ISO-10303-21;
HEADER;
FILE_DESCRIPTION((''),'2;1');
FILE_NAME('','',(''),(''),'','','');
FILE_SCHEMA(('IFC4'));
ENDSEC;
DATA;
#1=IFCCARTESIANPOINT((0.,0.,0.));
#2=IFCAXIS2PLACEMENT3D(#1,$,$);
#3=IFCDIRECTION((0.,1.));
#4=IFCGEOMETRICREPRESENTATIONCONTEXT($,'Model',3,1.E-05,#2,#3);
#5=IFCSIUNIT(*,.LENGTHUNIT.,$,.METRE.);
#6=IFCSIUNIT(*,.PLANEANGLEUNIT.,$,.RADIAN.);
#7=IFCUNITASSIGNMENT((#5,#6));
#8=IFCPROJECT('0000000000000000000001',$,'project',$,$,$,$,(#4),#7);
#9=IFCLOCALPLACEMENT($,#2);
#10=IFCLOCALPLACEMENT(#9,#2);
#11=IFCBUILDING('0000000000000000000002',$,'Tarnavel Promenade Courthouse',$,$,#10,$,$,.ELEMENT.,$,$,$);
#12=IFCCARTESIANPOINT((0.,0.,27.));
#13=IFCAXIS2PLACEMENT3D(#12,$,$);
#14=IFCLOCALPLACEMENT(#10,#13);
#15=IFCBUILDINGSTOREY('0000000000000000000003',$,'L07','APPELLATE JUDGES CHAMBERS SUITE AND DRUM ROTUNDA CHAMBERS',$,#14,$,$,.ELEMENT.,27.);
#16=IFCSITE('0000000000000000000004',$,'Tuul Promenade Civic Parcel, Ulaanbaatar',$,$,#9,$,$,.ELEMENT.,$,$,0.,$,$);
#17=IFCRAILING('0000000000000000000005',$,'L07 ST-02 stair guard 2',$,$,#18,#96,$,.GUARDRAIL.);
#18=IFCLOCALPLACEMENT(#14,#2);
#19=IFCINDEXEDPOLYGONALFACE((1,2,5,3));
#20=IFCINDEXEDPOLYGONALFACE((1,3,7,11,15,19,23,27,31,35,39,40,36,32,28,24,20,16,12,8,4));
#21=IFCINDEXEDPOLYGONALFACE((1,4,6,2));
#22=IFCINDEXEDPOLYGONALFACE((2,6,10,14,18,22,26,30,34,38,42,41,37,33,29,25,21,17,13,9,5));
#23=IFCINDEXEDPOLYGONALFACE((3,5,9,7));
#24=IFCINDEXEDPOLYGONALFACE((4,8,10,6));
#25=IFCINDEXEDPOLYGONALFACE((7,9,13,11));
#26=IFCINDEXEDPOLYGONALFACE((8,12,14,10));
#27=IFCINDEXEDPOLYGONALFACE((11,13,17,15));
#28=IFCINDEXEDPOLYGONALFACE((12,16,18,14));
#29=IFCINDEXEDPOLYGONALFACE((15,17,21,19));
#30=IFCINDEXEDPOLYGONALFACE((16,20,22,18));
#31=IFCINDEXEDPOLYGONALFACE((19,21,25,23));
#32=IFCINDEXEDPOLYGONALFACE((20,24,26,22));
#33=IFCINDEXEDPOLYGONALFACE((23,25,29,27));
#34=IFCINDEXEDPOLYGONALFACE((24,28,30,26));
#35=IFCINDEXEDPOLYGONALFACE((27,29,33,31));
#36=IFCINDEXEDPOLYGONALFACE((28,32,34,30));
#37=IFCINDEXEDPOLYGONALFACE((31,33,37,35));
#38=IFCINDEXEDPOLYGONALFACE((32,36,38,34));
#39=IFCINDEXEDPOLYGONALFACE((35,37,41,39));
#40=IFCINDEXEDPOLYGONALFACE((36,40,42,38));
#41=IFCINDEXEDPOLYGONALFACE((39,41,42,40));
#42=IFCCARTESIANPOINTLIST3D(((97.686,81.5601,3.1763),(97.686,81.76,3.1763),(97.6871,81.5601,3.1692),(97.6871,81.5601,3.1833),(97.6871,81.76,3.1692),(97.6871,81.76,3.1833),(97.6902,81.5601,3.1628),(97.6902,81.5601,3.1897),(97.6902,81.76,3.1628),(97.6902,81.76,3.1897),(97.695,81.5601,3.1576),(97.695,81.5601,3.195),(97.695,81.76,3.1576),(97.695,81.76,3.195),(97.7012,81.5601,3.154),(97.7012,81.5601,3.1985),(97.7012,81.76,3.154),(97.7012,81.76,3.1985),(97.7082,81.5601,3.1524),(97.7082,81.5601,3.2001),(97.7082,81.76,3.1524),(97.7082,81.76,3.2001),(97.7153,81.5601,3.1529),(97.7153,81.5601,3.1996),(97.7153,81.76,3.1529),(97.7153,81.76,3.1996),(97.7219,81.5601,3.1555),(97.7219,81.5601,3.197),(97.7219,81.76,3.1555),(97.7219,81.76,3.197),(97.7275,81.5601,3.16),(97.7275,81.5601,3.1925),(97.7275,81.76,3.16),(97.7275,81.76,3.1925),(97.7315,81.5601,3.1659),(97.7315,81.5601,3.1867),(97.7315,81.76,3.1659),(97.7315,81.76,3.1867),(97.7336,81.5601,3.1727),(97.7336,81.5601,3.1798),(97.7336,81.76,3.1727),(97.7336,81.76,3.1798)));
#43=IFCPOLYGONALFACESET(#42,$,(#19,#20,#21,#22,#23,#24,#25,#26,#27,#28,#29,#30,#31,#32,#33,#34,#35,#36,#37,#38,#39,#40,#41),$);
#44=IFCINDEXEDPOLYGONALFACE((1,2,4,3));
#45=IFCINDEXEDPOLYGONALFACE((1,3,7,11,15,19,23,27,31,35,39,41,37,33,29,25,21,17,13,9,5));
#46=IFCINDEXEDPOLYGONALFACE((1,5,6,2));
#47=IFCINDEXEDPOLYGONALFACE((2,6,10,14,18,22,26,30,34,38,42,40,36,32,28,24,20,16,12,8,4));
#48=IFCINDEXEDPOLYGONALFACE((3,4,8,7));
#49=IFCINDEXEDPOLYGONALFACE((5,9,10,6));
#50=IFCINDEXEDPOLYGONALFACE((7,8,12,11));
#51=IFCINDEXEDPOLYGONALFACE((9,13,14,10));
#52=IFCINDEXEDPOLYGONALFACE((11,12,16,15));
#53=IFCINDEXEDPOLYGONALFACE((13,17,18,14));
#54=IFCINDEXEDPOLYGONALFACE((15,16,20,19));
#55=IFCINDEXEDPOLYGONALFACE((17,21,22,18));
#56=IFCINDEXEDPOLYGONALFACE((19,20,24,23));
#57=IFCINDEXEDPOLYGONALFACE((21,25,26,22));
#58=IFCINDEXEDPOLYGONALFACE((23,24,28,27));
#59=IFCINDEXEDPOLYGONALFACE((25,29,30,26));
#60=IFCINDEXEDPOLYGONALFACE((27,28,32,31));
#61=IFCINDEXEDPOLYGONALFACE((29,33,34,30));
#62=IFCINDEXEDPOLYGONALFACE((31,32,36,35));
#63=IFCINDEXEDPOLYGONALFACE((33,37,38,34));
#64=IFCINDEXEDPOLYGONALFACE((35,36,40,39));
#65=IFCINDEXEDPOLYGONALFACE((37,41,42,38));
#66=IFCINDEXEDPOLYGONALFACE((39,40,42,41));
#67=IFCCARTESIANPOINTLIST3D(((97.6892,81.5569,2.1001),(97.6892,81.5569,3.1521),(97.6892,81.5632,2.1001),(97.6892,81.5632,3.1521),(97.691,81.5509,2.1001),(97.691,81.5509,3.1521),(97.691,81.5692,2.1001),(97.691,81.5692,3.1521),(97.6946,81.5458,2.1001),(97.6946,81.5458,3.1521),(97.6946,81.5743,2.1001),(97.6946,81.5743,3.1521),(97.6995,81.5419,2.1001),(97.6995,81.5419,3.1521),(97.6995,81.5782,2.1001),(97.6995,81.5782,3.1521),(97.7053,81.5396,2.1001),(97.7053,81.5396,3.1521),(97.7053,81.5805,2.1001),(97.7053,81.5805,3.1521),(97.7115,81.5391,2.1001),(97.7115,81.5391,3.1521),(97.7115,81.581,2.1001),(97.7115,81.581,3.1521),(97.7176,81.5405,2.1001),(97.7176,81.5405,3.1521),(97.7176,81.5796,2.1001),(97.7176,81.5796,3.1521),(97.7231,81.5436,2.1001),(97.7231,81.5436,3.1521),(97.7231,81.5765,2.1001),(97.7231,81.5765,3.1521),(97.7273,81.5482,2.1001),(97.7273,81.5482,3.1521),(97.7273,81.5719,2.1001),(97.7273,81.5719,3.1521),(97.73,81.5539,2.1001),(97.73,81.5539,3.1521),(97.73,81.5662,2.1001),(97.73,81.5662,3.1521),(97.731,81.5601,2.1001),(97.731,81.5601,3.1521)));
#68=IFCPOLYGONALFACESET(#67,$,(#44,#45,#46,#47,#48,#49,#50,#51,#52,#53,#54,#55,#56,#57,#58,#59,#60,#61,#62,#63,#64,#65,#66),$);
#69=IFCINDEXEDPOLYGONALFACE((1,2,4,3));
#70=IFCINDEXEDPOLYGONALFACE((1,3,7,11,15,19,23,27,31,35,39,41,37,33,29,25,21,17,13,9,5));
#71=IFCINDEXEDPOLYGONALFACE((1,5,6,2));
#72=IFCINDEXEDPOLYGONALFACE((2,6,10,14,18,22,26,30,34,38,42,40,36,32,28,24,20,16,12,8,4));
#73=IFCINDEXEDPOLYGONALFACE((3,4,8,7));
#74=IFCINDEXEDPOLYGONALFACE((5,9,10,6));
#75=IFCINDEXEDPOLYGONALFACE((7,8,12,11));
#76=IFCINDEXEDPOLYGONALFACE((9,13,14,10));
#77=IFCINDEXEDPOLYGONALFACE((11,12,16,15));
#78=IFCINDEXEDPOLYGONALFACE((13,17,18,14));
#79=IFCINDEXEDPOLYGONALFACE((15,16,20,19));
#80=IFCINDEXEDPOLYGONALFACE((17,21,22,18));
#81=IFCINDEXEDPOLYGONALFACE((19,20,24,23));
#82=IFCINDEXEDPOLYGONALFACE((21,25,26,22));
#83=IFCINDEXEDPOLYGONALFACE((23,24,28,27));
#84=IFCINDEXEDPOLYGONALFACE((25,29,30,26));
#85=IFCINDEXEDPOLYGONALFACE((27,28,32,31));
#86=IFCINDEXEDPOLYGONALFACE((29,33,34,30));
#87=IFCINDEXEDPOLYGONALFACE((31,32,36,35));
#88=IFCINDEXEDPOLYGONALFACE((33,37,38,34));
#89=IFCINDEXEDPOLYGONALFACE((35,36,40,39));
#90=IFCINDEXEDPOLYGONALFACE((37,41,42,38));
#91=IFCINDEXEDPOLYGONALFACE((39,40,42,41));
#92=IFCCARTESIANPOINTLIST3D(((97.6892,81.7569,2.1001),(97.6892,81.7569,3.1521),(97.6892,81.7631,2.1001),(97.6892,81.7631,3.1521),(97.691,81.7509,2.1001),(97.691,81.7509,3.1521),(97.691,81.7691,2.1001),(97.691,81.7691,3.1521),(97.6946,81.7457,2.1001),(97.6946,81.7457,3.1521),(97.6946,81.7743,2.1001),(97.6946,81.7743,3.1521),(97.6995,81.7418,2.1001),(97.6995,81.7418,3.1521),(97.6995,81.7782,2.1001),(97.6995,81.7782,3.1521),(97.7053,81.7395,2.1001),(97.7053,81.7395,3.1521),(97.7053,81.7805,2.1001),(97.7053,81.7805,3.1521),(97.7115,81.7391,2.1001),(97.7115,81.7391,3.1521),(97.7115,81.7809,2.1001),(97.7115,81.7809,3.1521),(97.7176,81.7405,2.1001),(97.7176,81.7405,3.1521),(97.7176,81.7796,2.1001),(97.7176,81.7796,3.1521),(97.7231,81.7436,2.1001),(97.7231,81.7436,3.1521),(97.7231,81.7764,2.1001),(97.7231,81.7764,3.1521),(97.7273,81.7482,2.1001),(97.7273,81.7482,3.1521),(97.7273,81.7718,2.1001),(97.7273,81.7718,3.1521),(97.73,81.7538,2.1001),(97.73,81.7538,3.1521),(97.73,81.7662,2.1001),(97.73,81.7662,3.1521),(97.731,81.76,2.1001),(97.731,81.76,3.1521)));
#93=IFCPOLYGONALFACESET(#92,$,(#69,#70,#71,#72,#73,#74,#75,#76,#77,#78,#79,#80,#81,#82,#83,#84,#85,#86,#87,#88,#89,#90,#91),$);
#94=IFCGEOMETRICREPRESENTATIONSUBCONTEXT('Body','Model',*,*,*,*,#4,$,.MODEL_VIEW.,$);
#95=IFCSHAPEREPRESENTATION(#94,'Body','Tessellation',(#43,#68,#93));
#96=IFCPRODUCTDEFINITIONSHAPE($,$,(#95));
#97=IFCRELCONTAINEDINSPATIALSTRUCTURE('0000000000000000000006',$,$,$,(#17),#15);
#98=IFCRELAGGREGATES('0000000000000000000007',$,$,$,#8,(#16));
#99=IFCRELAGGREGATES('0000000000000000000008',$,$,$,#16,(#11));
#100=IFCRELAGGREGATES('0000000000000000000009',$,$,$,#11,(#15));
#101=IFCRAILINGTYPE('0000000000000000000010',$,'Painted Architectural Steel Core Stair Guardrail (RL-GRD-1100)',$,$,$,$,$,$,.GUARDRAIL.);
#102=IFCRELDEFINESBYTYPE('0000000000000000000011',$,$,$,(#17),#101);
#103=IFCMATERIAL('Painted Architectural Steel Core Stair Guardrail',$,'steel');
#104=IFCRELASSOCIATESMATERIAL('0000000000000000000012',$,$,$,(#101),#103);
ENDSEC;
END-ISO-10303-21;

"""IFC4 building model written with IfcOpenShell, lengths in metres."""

from ifc_helpers import new_model, si_unit, direction, frame, origin, origin_2d, place, context, subcontext, project, spatial, circle, extrude, material, type_object, element, save


model = new_model("IFC4")

# Units and contexts
model_context = context("Model", 3, precision=1e-05, world=origin(), true_north=direction((0.0, 1.0)))
body_context = subcontext(model_context, "Body", "Model", "MODEL_VIEW")
ifc_project = project(units=[si_unit("LENGTHUNIT", "METRE"), si_unit("PLANEANGLEUNIT", "RADIAN")], contexts=[model_context])

# Site, building, storey
site_placement = place(None, origin())
site = spatial("IfcSite", under=ifc_project, at=site_placement, Name="Tuul Promenade Civic Parcel, Ulaanbaatar", CompositionType="ELEMENT", RefElevation=0.0)
building_placement = place(site_placement, origin())
building = spatial("IfcBuilding", under=site, at=building_placement, Name="Tarnavel Promenade Courthouse", CompositionType="ELEMENT")
storey_placement = place(building_placement, frame((0.0, 0.0, 27.0)))
storey = spatial("IfcBuildingStorey", under=building, at=storey_placement, Name="L07", Description="APPELLATE JUDGES CHAMBERS SUITE AND DRUM ROTUNDA CHAMBERS", CompositionType="ELEMENT", Elevation=27.0)

# Railing
ifc_material_1 = material(Name="Painted Architectural Steel Core Stair Guardrail", Category="steel")
railing_type_1 = type_object("IfcRailingType", Name="Painted Architectural Steel Core Stair Guardrail (RL-GRD-1100)", PredefinedType="GUARDRAIL", material=ifc_material_1)
railing_1_placement = place(storey_placement, frame((97.71, 81.5601, 2.1001)))
element("IfcRailing", 1, at=railing_1_placement, inside=storey, type_object=railing_type_1, Name="L07 ST-02 stair guard 2", PredefinedType="GUARDRAIL", context=body_context, shape_type="SweptSolid", body=[
    extrude(circle(Radius=0.0239, at=origin_2d()), frame((0.0, 0.0, 1.0762), z_axis=(0.0, 1.0, 0.0), x_axis=(-1.0, 0.0, 0.0)), (0.0, 0.0, 1.0), 0.2),
    extrude(circle(Radius=0.021, at=origin_2d()), origin(), (0.0, 0.0, 1.0), 1.052),
    extrude(circle(Radius=0.021, at=origin_2d()), frame((0.0, 0.2, 0.0)), (0.0, 0.0, 1.0), 1.052),
])

save(model, "model.ifc")
